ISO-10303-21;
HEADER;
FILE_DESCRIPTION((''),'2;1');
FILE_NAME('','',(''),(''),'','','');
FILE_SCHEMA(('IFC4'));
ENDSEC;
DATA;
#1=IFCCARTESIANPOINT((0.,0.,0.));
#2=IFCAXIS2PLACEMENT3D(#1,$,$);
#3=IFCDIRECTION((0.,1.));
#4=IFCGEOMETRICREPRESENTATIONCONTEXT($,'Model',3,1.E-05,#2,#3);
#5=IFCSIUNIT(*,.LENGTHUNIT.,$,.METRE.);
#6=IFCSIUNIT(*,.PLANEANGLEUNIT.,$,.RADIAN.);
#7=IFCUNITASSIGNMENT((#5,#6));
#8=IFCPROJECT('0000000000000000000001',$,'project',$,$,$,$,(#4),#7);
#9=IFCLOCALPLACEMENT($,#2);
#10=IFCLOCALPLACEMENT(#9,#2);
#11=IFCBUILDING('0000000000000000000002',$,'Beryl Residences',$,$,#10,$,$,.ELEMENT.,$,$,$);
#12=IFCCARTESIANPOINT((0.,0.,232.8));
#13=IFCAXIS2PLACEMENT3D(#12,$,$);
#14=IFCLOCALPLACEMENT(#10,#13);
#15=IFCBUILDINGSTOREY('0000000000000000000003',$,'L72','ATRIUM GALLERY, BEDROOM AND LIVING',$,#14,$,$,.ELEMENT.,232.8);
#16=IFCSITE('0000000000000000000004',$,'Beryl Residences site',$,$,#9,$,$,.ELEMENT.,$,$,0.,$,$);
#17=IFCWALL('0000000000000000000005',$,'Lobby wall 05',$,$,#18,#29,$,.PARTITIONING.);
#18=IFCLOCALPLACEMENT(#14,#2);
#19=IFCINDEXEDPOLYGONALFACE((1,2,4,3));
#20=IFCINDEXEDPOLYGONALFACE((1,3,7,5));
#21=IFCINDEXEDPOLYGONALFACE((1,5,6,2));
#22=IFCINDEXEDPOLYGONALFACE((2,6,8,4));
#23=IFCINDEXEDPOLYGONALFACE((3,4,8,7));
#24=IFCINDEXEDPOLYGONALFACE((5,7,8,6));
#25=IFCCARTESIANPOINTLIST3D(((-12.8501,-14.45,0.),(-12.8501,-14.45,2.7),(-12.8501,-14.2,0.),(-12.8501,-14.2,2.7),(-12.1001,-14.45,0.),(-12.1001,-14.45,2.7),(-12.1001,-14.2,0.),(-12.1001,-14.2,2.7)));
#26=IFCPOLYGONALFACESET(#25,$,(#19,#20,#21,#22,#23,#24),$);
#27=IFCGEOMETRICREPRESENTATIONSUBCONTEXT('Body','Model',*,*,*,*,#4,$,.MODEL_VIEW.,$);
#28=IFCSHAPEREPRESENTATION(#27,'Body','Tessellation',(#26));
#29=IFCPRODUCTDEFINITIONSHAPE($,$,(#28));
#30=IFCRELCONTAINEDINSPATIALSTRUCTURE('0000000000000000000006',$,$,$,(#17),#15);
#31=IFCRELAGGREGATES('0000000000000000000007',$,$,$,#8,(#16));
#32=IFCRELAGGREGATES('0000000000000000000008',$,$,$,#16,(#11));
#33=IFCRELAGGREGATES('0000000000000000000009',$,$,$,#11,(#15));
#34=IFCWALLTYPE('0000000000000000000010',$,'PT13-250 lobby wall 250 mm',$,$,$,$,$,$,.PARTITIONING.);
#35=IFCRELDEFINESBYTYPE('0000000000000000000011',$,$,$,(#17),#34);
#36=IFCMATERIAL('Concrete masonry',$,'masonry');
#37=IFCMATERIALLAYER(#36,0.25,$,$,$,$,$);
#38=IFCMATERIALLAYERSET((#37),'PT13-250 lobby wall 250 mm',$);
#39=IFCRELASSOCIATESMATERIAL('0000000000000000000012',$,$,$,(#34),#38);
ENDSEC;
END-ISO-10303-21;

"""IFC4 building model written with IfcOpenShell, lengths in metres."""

from ifc_helpers import new_model, si_unit, direction, frame, frame_2d, origin, place, context, subcontext, project, spatial, rectangle, extrude, material, layer, layer_set, type_object, element, save


model = new_model("IFC4")

# Units and contexts
model_context = context("Model", 3, precision=1e-05, world=origin(), true_north=direction((0.0, 1.0)))
body_context = subcontext(model_context, "Body", "Model", "MODEL_VIEW")
ifc_project = project(units=[si_unit("LENGTHUNIT", "METRE"), si_unit("PLANEANGLEUNIT", "RADIAN")], contexts=[model_context])

# Site, building, storey
site_placement = place(None, origin())
site = spatial("IfcSite", under=ifc_project, at=site_placement, Name="Beryl Residences site", CompositionType="ELEMENT", RefElevation=0.0)
building_placement = place(site_placement, origin())
building = spatial("IfcBuilding", under=site, at=building_placement, Name="Beryl Residences", CompositionType="ELEMENT")
storey_placement = place(building_placement, frame((0.0, 0.0, 232.8)))
storey = spatial("IfcBuildingStorey", under=building, at=storey_placement, Name="L72", Description="ATRIUM GALLERY, BEDROOM AND LIVING", CompositionType="ELEMENT", Elevation=232.8)

# Wall
ifc_material_1 = material(Name="Concrete masonry", Category="masonry")
ifc_layer_1 = layer(ifc_material_1, 0.25)
ifc_layer_set_1 = layer_set([ifc_layer_1], Name="PT13-250 lobby wall 250 mm")
wall_type_1 = type_object("IfcWallType", Name="PT13-250 lobby wall 250 mm", PredefinedType="PARTITIONING", material=ifc_layer_set_1)
wall_1_placement = place(storey_placement, frame((-12.8501, -14.325, 0.0), z_axis=(0.0, 0.0, 1.0), x_axis=(1.0, 0.0, 0.0)))
element("IfcWall", 1, at=wall_1_placement, inside=storey, type_object=wall_type_1, Name="Lobby wall 05", PredefinedType="PARTITIONING", context=body_context, shape_type="SweptSolid", body=[
    extrude(rectangle(XDim=0.75, YDim=0.25, at=frame_2d((0.375, 0.0))), origin(), (0.0, 0.0, 1.0), 2.7),
])

save(model, "model.ifc")
